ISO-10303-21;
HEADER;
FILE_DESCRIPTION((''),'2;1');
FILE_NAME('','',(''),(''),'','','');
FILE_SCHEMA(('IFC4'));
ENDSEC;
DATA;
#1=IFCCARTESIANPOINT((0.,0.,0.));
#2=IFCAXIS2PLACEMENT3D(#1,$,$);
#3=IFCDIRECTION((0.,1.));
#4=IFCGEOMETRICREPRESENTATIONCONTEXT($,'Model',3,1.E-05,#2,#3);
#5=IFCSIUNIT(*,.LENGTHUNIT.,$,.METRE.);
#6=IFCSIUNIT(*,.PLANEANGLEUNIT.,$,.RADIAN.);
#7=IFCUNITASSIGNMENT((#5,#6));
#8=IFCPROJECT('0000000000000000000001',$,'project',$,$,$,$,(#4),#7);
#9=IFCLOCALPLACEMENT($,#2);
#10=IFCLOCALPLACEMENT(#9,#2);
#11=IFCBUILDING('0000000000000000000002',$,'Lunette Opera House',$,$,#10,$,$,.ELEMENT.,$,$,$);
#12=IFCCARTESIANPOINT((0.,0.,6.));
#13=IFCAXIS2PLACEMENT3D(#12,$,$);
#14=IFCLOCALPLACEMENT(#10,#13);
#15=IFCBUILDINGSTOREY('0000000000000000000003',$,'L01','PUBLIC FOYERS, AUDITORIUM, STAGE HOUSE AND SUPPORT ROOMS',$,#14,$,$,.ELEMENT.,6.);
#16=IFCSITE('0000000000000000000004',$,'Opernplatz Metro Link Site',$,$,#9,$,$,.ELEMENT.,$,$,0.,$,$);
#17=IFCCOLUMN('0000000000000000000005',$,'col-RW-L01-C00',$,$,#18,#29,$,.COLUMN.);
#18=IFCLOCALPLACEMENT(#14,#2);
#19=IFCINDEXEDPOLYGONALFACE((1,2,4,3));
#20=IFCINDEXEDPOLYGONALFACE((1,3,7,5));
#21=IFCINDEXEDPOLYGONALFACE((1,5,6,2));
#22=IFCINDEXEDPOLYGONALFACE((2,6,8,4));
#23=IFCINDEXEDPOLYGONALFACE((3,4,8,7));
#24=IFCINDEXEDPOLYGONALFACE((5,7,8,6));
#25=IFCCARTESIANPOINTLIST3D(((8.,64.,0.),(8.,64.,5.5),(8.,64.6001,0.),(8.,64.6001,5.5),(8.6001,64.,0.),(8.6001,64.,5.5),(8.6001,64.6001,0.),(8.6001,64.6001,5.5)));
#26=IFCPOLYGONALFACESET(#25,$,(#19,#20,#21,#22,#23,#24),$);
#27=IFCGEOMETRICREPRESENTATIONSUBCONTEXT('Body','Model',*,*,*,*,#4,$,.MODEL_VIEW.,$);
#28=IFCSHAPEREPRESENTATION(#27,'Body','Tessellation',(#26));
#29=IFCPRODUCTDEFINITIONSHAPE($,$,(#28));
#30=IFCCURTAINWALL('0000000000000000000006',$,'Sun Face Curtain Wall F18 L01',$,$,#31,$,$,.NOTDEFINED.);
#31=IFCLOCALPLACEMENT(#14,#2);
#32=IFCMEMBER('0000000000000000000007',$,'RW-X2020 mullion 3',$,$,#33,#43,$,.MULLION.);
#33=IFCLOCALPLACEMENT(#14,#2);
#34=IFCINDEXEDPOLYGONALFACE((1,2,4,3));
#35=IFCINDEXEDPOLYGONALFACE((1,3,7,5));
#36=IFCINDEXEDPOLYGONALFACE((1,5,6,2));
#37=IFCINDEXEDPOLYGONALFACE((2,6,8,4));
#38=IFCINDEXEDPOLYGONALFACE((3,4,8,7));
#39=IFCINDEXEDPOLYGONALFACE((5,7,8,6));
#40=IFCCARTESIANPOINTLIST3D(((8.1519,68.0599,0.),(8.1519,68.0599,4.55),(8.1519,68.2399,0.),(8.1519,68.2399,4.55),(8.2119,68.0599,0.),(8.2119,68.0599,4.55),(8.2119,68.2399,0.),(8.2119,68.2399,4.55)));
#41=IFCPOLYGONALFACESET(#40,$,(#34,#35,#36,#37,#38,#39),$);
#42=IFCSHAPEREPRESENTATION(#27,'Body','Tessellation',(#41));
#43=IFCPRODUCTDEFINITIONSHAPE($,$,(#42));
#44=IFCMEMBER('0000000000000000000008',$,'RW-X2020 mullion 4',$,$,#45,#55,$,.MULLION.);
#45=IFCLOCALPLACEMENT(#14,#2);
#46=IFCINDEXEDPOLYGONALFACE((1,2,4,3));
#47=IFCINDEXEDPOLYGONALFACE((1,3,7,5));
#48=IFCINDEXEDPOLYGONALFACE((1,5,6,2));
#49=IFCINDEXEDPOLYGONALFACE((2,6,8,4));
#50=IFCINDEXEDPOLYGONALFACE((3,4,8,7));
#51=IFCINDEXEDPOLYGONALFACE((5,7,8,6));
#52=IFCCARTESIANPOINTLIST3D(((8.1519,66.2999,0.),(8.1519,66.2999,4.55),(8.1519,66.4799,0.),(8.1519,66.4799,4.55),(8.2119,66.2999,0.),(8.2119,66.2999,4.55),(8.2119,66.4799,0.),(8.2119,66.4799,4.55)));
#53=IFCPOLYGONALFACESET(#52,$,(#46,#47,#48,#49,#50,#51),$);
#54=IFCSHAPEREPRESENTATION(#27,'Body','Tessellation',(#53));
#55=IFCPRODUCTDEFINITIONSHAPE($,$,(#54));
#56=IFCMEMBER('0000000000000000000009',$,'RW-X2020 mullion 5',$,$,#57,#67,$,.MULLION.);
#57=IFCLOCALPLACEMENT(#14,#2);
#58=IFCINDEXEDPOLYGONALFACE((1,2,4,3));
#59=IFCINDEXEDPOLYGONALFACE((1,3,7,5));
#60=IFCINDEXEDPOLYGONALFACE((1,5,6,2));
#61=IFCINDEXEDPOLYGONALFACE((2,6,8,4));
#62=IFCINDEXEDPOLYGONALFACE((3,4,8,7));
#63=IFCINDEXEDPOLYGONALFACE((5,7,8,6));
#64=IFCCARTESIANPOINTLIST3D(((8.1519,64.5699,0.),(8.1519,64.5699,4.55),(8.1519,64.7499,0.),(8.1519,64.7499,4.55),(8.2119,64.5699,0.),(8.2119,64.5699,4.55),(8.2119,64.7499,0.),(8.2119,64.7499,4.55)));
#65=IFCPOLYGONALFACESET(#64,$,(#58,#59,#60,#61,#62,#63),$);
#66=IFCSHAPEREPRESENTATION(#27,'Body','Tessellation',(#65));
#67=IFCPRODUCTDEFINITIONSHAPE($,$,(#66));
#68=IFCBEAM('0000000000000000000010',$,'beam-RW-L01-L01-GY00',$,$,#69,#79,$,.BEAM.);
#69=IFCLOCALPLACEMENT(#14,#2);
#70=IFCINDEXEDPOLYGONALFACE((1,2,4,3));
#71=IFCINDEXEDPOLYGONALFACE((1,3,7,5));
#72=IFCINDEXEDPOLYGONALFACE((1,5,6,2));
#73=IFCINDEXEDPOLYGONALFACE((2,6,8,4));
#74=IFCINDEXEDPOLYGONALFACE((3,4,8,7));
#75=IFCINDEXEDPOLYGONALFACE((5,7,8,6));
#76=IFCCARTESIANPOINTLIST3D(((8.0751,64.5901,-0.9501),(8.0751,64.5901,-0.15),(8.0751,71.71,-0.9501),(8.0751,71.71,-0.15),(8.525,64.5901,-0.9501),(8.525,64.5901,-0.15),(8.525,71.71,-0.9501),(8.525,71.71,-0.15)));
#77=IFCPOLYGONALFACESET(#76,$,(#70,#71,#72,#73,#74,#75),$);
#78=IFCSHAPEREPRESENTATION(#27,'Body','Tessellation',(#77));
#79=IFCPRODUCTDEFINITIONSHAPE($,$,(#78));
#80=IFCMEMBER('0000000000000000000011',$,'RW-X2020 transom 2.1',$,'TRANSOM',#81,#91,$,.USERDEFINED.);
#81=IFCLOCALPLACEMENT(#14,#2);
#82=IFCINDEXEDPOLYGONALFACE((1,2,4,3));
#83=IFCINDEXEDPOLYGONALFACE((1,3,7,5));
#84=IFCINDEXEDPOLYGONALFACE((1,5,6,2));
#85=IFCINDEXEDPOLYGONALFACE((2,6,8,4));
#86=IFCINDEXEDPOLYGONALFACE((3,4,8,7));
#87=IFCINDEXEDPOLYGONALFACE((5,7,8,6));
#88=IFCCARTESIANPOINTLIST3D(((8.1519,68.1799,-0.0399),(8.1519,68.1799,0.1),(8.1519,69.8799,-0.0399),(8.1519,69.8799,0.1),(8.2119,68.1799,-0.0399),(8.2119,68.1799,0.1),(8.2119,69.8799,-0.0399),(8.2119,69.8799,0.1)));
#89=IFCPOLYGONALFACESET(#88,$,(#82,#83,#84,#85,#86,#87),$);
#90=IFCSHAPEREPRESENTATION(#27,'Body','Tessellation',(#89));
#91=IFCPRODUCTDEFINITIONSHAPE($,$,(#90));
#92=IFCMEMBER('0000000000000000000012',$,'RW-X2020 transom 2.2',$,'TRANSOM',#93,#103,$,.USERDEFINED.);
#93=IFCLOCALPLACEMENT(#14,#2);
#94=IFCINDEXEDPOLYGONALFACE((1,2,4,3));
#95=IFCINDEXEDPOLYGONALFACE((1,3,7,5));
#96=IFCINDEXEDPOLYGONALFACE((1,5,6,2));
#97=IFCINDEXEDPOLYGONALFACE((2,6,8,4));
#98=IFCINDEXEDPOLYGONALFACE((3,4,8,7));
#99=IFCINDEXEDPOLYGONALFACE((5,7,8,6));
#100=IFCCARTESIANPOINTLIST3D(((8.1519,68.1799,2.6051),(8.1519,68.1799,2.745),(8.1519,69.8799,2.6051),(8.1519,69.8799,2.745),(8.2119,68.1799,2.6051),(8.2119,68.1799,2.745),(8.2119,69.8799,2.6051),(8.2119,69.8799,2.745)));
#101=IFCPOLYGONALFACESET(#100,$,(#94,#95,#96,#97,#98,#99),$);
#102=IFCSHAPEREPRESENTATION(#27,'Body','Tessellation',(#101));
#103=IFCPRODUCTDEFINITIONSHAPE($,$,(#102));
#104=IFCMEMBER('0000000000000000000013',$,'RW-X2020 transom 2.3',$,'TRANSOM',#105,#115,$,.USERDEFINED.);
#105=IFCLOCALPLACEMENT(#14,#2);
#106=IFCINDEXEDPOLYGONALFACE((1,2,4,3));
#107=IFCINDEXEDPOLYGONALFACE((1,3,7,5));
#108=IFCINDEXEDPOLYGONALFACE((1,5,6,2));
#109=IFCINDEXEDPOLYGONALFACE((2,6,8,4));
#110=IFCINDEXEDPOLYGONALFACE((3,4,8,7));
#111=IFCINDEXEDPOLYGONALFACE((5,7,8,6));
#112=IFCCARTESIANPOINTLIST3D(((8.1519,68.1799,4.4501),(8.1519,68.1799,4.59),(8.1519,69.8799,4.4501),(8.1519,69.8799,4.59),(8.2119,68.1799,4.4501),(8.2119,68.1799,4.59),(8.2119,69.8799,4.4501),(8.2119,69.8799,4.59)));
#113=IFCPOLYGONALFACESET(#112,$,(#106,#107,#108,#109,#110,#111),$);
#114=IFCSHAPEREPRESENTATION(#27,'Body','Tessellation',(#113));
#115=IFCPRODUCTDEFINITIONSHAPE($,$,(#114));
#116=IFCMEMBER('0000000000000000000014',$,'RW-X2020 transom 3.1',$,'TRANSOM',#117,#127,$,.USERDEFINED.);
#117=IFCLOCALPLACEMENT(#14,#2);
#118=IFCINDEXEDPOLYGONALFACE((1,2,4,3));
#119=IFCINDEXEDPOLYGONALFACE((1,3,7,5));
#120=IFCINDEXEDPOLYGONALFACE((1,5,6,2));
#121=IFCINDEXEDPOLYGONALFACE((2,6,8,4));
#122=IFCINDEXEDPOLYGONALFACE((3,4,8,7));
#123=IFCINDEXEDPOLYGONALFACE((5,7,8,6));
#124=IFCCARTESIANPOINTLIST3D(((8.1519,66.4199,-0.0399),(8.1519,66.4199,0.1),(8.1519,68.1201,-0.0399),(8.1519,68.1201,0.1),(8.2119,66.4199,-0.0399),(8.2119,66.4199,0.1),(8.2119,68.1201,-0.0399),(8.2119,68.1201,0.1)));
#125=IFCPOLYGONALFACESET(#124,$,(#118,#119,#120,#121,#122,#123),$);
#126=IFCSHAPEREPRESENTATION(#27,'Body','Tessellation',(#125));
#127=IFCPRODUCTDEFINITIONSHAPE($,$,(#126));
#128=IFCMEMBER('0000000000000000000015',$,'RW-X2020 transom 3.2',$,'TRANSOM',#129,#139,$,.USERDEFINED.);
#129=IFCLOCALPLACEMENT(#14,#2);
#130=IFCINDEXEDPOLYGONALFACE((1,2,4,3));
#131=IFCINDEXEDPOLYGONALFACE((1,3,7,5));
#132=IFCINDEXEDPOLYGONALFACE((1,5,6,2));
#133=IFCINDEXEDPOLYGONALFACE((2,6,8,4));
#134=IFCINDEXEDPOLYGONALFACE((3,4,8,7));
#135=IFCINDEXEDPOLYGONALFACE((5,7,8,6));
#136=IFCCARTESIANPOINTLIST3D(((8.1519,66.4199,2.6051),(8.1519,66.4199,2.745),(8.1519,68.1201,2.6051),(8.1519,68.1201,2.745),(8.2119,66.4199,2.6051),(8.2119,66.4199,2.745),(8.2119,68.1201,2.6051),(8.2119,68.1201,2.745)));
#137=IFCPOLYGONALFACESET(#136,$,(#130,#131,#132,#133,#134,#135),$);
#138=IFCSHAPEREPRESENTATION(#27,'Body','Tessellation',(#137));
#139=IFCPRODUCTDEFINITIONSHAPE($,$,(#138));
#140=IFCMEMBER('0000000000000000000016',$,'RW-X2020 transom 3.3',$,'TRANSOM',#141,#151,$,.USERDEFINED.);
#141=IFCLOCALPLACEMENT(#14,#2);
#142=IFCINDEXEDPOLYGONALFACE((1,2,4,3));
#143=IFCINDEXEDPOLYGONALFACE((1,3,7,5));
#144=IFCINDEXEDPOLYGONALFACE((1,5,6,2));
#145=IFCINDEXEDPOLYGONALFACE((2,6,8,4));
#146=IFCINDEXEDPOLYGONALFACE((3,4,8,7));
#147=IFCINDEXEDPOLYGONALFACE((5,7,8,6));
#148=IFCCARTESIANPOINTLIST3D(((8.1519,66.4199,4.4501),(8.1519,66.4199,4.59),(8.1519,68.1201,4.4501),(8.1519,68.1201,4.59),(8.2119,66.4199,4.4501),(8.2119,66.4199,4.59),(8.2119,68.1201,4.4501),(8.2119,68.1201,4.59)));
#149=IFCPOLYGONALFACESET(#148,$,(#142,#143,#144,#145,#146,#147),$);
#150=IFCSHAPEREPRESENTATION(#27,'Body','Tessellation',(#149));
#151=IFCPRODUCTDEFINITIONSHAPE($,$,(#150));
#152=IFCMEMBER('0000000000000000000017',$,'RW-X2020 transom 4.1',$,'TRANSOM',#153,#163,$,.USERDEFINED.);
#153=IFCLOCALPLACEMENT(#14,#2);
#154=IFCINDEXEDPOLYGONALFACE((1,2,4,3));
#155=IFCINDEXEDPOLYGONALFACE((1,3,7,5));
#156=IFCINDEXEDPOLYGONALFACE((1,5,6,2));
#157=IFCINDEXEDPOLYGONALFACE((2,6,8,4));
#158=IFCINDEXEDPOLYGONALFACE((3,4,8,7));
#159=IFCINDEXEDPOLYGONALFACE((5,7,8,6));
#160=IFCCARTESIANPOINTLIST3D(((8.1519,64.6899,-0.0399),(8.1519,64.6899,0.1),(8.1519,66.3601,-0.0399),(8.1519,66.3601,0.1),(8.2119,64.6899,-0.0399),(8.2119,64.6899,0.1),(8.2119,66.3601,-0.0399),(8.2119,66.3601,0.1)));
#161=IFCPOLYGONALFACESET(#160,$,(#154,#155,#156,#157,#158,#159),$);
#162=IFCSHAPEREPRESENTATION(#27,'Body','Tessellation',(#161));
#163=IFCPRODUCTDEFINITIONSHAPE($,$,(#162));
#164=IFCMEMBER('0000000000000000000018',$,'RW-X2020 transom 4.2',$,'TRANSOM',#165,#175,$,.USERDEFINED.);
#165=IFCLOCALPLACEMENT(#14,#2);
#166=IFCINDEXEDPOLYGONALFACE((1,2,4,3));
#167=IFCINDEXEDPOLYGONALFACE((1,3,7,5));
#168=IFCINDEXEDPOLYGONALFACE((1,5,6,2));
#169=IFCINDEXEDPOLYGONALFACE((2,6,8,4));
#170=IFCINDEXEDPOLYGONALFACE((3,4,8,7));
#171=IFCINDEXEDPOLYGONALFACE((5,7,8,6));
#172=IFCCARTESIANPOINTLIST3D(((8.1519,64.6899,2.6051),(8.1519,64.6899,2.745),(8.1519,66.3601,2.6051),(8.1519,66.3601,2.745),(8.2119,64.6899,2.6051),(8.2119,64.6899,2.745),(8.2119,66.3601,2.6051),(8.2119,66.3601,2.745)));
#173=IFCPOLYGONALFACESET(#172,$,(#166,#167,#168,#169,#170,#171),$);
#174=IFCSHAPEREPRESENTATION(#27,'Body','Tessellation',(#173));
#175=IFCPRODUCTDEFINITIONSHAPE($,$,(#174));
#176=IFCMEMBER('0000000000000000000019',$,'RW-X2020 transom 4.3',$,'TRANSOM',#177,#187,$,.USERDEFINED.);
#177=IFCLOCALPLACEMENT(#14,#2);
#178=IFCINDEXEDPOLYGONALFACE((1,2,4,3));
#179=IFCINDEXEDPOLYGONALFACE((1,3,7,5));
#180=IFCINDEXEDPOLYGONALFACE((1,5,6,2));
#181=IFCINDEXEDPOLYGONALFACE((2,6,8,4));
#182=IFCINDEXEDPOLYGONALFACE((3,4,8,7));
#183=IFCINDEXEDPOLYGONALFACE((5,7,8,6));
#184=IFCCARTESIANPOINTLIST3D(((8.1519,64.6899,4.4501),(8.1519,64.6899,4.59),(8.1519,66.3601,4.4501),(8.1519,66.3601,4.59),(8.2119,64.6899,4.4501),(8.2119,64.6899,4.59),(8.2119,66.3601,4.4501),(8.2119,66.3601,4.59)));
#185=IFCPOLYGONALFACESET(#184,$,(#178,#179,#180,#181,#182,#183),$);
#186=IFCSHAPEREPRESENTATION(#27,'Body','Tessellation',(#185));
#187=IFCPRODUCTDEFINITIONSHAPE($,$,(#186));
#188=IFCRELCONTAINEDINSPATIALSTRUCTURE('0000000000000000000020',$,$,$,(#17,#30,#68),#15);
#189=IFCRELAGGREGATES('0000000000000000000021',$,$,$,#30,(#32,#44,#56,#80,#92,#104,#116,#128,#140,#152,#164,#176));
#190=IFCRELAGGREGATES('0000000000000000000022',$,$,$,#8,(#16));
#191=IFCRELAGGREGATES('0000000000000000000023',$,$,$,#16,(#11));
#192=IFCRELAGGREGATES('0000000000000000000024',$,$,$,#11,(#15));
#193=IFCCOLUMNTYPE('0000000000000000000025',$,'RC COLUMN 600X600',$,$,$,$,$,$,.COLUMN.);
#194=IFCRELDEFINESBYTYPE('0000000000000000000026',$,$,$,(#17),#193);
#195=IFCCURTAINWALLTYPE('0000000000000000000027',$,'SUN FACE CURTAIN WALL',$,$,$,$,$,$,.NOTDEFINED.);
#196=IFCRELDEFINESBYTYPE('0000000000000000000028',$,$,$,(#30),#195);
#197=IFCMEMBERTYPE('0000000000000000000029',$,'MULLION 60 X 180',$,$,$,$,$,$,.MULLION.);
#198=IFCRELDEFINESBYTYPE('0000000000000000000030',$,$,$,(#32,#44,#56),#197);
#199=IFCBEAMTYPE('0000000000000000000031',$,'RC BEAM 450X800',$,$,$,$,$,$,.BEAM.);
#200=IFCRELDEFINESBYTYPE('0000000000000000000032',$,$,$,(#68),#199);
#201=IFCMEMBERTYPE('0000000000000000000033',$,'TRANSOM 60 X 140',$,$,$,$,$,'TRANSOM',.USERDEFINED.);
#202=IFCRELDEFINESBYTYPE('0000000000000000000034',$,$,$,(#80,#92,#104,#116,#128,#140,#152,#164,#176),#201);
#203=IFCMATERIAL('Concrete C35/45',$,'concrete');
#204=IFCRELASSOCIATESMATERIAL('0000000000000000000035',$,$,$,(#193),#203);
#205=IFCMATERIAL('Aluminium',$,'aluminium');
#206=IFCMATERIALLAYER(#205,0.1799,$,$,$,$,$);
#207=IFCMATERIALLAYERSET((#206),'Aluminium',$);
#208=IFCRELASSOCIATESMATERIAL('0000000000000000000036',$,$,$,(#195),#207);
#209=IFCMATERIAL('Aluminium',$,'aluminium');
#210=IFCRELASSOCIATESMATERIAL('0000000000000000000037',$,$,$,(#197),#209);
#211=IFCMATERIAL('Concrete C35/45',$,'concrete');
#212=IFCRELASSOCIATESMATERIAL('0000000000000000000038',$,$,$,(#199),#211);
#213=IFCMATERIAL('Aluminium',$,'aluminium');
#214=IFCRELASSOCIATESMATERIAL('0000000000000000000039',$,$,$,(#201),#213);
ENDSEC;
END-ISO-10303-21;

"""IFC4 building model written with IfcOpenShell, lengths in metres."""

from ifc_helpers import new_model, si_unit, direction, frame, origin, origin_2d, place, context, subcontext, project, spatial, rectangle, extrude, material, layer, layer_set, material_profile, profile_set, type_object, element, aggregate, save


model = new_model("IFC4")

# Units and contexts
model_context = context("Model", 3, precision=1e-05, world=origin(), true_north=direction((0.0, 1.0)))
body_context = subcontext(model_context, "Body", "Model", "MODEL_VIEW")
ifc_project = project(units=[si_unit("LENGTHUNIT", "METRE"), si_unit("PLANEANGLEUNIT", "RADIAN")], contexts=[model_context])

# Site, building, storey
site_placement = place(None, origin())
site = spatial("IfcSite", under=ifc_project, at=site_placement, Name="Opernplatz Metro Link Site", CompositionType="ELEMENT", RefElevation=0.0)
building_placement = place(site_placement, origin())
building = spatial("IfcBuilding", under=site, at=building_placement, Name="Lunette Opera House", CompositionType="ELEMENT")
storey_placement = place(building_placement, frame((0.0, 0.0, 6.0)))
storey = spatial("IfcBuildingStorey", under=building, at=storey_placement, Name="L01", Description="PUBLIC FOYERS, AUDITORIUM, STAGE HOUSE AND SUPPORT ROOMS", CompositionType="ELEMENT", Elevation=6.0)

# Column
ifc_material_1 = material(Name="Concrete C35/45", Category="concrete")
ifc_material_profile_1 = material_profile(ifc_material_1, rectangle(XDim=0.6001, YDim=0.6001, at=origin_2d()), Name="RC COLUMN 600X600")
ifc_profile_set_1 = profile_set([ifc_material_profile_1], Name="Concrete C35/45")
column_type = type_object("IfcColumnType", Name="RC COLUMN 600X600", PredefinedType="COLUMN", material=ifc_profile_set_1)
column_placement = place(storey_placement, frame((8.3, 64.3, 0.0), z_axis=(0.0, 0.0, 1.0), x_axis=(1.0, 0.0, 0.0)))
element("IfcColumn", 1, at=column_placement, inside=storey, type_object=column_type, Name="col-RW-L01-C00", PredefinedType="COLUMN", context=body_context, shape_type="SweptSolid", body=[
    extrude(rectangle(XDim=0.6001, YDim=0.6001, at=origin_2d()), origin(), (0.0, 0.0, 1.0), 5.5),
])

# Curtain wall, members
ifc_material_2 = material(Name="Aluminium", Category="aluminium")
ifc_layer_1 = layer(ifc_material_2, 0.1799)
ifc_layer_set_1 = layer_set([ifc_layer_1], Name="Aluminium")
curtain_wall_type = type_object("IfcCurtainWallType", Name="SUN FACE CURTAIN WALL", PredefinedType="NOTDEFINED", material=ifc_layer_set_1)
curtain_wall_placement = place(storey_placement, origin())
curtain_wall = element("IfcCurtainWall", 2, at=curtain_wall_placement, inside=storey, type_object=curtain_wall_type, Name="Sun Face Curtain Wall F18 L01", PredefinedType="NOTDEFINED")
ifc_material_3 = material(Name="Aluminium", Category="aluminium")
ifc_material_profile_2 = material_profile(ifc_material_3, rectangle(XDim=0.0601, YDim=0.1799, at=origin_2d()), Name="MULLION 60 X 180")
ifc_profile_set_2 = profile_set([ifc_material_profile_2], Name="Aluminium")
member_type_1 = type_object("IfcMemberType", Name="MULLION 60 X 180", PredefinedType="MULLION", material=ifc_profile_set_2)
member_1_placement = place(storey_placement, frame((8.1819, 68.1499, 0.0), z_axis=(0.0, 0.0, 1.0), x_axis=(1.0, 0.0, 0.0)))
member_1 = element("IfcMember", 3, at=member_1_placement, type_object=member_type_1, Name="RW-X2020 mullion 3", PredefinedType="MULLION", context=body_context, shape_type="SweptSolid", body=[
    extrude(rectangle(XDim=0.0601, YDim=0.1799, at=origin_2d()), origin(), (0.0, 0.0, 1.0), 4.55),
])
member_2_placement = place(storey_placement, frame((8.1819, 66.3899, 0.0), z_axis=(0.0, 0.0, 1.0), x_axis=(1.0, 0.0, 0.0)))
member_2 = element("IfcMember", 4, at=member_2_placement, type_object=member_type_1, Name="RW-X2020 mullion 4", PredefinedType="MULLION", context=body_context, shape_type="SweptSolid", body=[
    extrude(rectangle(XDim=0.0601, YDim=0.1799, at=origin_2d()), origin(), (0.0, 0.0, 1.0), 4.55),
])
member_3_placement = place(storey_placement, frame((8.1819, 64.6599, 0.0), z_axis=(0.0, 0.0, 1.0), x_axis=(1.0, 0.0, 0.0)))
member_3 = element("IfcMember", 5, at=member_3_placement, type_object=member_type_1, Name="RW-X2020 mullion 5", PredefinedType="MULLION", context=body_context, shape_type="SweptSolid", body=[
    extrude(rectangle(XDim=0.0601, YDim=0.1799, at=origin_2d()), origin(), (0.0, 0.0, 1.0), 4.55),
])

# Beam
ifc_material_4 = material(Name="Concrete C35/45", Category="concrete")
ifc_material_profile_3 = material_profile(ifc_material_4, rectangle(XDim=0.45, YDim=0.8, at=origin_2d()), Name="RC BEAM 450X800")
ifc_profile_set_3 = profile_set([ifc_material_profile_3], Name="Concrete C35/45")
beam_type = type_object("IfcBeamType", Name="RC BEAM 450X800", PredefinedType="BEAM", material=ifc_profile_set_3)
beam_placement = place(storey_placement, frame((8.3, 64.5901, -0.55), z_axis=(0.0, 1.0, 0.0), x_axis=(-1.0, 0.0, 0.0)))
element("IfcBeam", 6, at=beam_placement, inside=storey, type_object=beam_type, Name="beam-RW-L01-L01-GY00", PredefinedType="BEAM", context=body_context, shape_type="SweptSolid", body=[
    extrude(rectangle(XDim=0.45, YDim=0.8, at=origin_2d()), origin(), (0.0, 0.0, 1.0), 7.1199),
])

# Members
ifc_material_5 = material(Name="Aluminium", Category="aluminium")
ifc_material_profile_4 = material_profile(ifc_material_5, rectangle(XDim=0.0601, YDim=0.1399, at=origin_2d()), Name="TRANSOM 60 X 140")
ifc_profile_set_4 = profile_set([ifc_material_profile_4], Name="Aluminium")
member_type_2 = type_object("IfcMemberType", Name="TRANSOM 60 X 140", ElementType="TRANSOM", PredefinedType="USERDEFINED", material=ifc_profile_set_4)
member_4_placement = place(storey_placement, frame((8.1819, 69.8799, 0.03), z_axis=(0.0, -1.0, 0.0), x_axis=(1.0, 0.0, 0.0)))
member_4 = element("IfcMember", 7, at=member_4_placement, type_object=member_type_2, Name="RW-X2020 transom 2.1", ObjectType="TRANSOM", PredefinedType="USERDEFINED", context=body_context, shape_type="SweptSolid", body=[
    extrude(rectangle(XDim=0.0601, YDim=0.1399, at=origin_2d()), origin(), (0.0, 0.0, 1.0), 1.7),
])
member_5_placement = place(storey_placement, frame((8.1819, 69.8799, 2.675), z_axis=(0.0, -1.0, 0.0), x_axis=(1.0, 0.0, 0.0)))
member_5 = element("IfcMember", 8, at=member_5_placement, type_object=member_type_2, Name="RW-X2020 transom 2.2", ObjectType="TRANSOM", PredefinedType="USERDEFINED", context=body_context, shape_type="SweptSolid", body=[
    extrude(rectangle(XDim=0.0601, YDim=0.1399, at=origin_2d()), origin(), (0.0, 0.0, 1.0), 1.7),
])
member_6_placement = place(storey_placement, frame((8.1819, 69.8799, 4.52), z_axis=(0.0, -1.0, 0.0), x_axis=(1.0, 0.0, 0.0)))
member_6 = element("IfcMember", 9, at=member_6_placement, type_object=member_type_2, Name="RW-X2020 transom 2.3", ObjectType="TRANSOM", PredefinedType="USERDEFINED", context=body_context, shape_type="SweptSolid", body=[
    extrude(rectangle(XDim=0.0601, YDim=0.1399, at=origin_2d()), origin(), (0.0, 0.0, 1.0), 1.7),
])
member_7_placement = place(storey_placement, frame((8.1819, 68.1201, 0.03), z_axis=(0.0, -1.0, 0.0), x_axis=(1.0, 0.0, 0.0)))
member_7 = element("IfcMember", 10, at=member_7_placement, type_object=member_type_2, Name="RW-X2020 transom 3.1", ObjectType="TRANSOM", PredefinedType="USERDEFINED", context=body_context, shape_type="SweptSolid", body=[
    extrude(rectangle(XDim=0.0601, YDim=0.1399, at=origin_2d()), origin(), (0.0, 0.0, 1.0), 1.7002),
])
member_8_placement = place(storey_placement, frame((8.1819, 68.1201, 2.675), z_axis=(0.0, -1.0, 0.0), x_axis=(1.0, 0.0, 0.0)))
member_8 = element("IfcMember", 11, at=member_8_placement, type_object=member_type_2, Name="RW-X2020 transom 3.2", ObjectType="TRANSOM", PredefinedType="USERDEFINED", context=body_context, shape_type="SweptSolid", body=[
    extrude(rectangle(XDim=0.0601, YDim=0.1399, at=origin_2d()), origin(), (0.0, 0.0, 1.0), 1.7002),
])
member_9_placement = place(storey_placement, frame((8.1819, 68.1201, 4.52), z_axis=(0.0, -1.0, 0.0), x_axis=(1.0, 0.0, 0.0)))
member_9 = element("IfcMember", 12, at=member_9_placement, type_object=member_type_2, Name="RW-X2020 transom 3.3", ObjectType="TRANSOM", PredefinedType="USERDEFINED", context=body_context, shape_type="SweptSolid", body=[
    extrude(rectangle(XDim=0.0601, YDim=0.1399, at=origin_2d()), origin(), (0.0, 0.0, 1.0), 1.7002),
])
member_10_placement = place(storey_placement, frame((8.1819, 66.3601, 0.03), z_axis=(0.0, -1.0, 0.0), x_axis=(1.0, 0.0, 0.0)))
member_10 = element("IfcMember", 13, at=member_10_placement, type_object=member_type_2, Name="RW-X2020 transom 4.1", ObjectType="TRANSOM", PredefinedType="USERDEFINED", context=body_context, shape_type="SweptSolid", body=[
    extrude(rectangle(XDim=0.0601, YDim=0.1399, at=origin_2d()), origin(), (0.0, 0.0, 1.0), 1.6702),
])
member_11_placement = place(storey_placement, frame((8.1819, 66.3601, 2.675), z_axis=(0.0, -1.0, 0.0), x_axis=(1.0, 0.0, 0.0)))
member_11 = element("IfcMember", 14, at=member_11_placement, type_object=member_type_2, Name="RW-X2020 transom 4.2", ObjectType="TRANSOM", PredefinedType="USERDEFINED", context=body_context, shape_type="SweptSolid", body=[
    extrude(rectangle(XDim=0.0601, YDim=0.1399, at=origin_2d()), origin(), (0.0, 0.0, 1.0), 1.6702),
])
member_12_placement = place(storey_placement, frame((8.1819, 66.3601, 4.52), z_axis=(0.0, -1.0, 0.0), x_axis=(1.0, 0.0, 0.0)))
member_12 = element("IfcMember", 15, at=member_12_placement, type_object=member_type_2, Name="RW-X2020 transom 4.3", ObjectType="TRANSOM", PredefinedType="USERDEFINED", context=body_context, shape_type="SweptSolid", body=[
    extrude(rectangle(XDim=0.0601, YDim=0.1399, at=origin_2d()), origin(), (0.0, 0.0, 1.0), 1.6702),
])

aggregate(curtain_wall, [member_1, member_2, member_3, member_4, member_5, member_6, member_7, member_8, member_9, member_10, member_11, member_12])

save(model, "model.ifc")
